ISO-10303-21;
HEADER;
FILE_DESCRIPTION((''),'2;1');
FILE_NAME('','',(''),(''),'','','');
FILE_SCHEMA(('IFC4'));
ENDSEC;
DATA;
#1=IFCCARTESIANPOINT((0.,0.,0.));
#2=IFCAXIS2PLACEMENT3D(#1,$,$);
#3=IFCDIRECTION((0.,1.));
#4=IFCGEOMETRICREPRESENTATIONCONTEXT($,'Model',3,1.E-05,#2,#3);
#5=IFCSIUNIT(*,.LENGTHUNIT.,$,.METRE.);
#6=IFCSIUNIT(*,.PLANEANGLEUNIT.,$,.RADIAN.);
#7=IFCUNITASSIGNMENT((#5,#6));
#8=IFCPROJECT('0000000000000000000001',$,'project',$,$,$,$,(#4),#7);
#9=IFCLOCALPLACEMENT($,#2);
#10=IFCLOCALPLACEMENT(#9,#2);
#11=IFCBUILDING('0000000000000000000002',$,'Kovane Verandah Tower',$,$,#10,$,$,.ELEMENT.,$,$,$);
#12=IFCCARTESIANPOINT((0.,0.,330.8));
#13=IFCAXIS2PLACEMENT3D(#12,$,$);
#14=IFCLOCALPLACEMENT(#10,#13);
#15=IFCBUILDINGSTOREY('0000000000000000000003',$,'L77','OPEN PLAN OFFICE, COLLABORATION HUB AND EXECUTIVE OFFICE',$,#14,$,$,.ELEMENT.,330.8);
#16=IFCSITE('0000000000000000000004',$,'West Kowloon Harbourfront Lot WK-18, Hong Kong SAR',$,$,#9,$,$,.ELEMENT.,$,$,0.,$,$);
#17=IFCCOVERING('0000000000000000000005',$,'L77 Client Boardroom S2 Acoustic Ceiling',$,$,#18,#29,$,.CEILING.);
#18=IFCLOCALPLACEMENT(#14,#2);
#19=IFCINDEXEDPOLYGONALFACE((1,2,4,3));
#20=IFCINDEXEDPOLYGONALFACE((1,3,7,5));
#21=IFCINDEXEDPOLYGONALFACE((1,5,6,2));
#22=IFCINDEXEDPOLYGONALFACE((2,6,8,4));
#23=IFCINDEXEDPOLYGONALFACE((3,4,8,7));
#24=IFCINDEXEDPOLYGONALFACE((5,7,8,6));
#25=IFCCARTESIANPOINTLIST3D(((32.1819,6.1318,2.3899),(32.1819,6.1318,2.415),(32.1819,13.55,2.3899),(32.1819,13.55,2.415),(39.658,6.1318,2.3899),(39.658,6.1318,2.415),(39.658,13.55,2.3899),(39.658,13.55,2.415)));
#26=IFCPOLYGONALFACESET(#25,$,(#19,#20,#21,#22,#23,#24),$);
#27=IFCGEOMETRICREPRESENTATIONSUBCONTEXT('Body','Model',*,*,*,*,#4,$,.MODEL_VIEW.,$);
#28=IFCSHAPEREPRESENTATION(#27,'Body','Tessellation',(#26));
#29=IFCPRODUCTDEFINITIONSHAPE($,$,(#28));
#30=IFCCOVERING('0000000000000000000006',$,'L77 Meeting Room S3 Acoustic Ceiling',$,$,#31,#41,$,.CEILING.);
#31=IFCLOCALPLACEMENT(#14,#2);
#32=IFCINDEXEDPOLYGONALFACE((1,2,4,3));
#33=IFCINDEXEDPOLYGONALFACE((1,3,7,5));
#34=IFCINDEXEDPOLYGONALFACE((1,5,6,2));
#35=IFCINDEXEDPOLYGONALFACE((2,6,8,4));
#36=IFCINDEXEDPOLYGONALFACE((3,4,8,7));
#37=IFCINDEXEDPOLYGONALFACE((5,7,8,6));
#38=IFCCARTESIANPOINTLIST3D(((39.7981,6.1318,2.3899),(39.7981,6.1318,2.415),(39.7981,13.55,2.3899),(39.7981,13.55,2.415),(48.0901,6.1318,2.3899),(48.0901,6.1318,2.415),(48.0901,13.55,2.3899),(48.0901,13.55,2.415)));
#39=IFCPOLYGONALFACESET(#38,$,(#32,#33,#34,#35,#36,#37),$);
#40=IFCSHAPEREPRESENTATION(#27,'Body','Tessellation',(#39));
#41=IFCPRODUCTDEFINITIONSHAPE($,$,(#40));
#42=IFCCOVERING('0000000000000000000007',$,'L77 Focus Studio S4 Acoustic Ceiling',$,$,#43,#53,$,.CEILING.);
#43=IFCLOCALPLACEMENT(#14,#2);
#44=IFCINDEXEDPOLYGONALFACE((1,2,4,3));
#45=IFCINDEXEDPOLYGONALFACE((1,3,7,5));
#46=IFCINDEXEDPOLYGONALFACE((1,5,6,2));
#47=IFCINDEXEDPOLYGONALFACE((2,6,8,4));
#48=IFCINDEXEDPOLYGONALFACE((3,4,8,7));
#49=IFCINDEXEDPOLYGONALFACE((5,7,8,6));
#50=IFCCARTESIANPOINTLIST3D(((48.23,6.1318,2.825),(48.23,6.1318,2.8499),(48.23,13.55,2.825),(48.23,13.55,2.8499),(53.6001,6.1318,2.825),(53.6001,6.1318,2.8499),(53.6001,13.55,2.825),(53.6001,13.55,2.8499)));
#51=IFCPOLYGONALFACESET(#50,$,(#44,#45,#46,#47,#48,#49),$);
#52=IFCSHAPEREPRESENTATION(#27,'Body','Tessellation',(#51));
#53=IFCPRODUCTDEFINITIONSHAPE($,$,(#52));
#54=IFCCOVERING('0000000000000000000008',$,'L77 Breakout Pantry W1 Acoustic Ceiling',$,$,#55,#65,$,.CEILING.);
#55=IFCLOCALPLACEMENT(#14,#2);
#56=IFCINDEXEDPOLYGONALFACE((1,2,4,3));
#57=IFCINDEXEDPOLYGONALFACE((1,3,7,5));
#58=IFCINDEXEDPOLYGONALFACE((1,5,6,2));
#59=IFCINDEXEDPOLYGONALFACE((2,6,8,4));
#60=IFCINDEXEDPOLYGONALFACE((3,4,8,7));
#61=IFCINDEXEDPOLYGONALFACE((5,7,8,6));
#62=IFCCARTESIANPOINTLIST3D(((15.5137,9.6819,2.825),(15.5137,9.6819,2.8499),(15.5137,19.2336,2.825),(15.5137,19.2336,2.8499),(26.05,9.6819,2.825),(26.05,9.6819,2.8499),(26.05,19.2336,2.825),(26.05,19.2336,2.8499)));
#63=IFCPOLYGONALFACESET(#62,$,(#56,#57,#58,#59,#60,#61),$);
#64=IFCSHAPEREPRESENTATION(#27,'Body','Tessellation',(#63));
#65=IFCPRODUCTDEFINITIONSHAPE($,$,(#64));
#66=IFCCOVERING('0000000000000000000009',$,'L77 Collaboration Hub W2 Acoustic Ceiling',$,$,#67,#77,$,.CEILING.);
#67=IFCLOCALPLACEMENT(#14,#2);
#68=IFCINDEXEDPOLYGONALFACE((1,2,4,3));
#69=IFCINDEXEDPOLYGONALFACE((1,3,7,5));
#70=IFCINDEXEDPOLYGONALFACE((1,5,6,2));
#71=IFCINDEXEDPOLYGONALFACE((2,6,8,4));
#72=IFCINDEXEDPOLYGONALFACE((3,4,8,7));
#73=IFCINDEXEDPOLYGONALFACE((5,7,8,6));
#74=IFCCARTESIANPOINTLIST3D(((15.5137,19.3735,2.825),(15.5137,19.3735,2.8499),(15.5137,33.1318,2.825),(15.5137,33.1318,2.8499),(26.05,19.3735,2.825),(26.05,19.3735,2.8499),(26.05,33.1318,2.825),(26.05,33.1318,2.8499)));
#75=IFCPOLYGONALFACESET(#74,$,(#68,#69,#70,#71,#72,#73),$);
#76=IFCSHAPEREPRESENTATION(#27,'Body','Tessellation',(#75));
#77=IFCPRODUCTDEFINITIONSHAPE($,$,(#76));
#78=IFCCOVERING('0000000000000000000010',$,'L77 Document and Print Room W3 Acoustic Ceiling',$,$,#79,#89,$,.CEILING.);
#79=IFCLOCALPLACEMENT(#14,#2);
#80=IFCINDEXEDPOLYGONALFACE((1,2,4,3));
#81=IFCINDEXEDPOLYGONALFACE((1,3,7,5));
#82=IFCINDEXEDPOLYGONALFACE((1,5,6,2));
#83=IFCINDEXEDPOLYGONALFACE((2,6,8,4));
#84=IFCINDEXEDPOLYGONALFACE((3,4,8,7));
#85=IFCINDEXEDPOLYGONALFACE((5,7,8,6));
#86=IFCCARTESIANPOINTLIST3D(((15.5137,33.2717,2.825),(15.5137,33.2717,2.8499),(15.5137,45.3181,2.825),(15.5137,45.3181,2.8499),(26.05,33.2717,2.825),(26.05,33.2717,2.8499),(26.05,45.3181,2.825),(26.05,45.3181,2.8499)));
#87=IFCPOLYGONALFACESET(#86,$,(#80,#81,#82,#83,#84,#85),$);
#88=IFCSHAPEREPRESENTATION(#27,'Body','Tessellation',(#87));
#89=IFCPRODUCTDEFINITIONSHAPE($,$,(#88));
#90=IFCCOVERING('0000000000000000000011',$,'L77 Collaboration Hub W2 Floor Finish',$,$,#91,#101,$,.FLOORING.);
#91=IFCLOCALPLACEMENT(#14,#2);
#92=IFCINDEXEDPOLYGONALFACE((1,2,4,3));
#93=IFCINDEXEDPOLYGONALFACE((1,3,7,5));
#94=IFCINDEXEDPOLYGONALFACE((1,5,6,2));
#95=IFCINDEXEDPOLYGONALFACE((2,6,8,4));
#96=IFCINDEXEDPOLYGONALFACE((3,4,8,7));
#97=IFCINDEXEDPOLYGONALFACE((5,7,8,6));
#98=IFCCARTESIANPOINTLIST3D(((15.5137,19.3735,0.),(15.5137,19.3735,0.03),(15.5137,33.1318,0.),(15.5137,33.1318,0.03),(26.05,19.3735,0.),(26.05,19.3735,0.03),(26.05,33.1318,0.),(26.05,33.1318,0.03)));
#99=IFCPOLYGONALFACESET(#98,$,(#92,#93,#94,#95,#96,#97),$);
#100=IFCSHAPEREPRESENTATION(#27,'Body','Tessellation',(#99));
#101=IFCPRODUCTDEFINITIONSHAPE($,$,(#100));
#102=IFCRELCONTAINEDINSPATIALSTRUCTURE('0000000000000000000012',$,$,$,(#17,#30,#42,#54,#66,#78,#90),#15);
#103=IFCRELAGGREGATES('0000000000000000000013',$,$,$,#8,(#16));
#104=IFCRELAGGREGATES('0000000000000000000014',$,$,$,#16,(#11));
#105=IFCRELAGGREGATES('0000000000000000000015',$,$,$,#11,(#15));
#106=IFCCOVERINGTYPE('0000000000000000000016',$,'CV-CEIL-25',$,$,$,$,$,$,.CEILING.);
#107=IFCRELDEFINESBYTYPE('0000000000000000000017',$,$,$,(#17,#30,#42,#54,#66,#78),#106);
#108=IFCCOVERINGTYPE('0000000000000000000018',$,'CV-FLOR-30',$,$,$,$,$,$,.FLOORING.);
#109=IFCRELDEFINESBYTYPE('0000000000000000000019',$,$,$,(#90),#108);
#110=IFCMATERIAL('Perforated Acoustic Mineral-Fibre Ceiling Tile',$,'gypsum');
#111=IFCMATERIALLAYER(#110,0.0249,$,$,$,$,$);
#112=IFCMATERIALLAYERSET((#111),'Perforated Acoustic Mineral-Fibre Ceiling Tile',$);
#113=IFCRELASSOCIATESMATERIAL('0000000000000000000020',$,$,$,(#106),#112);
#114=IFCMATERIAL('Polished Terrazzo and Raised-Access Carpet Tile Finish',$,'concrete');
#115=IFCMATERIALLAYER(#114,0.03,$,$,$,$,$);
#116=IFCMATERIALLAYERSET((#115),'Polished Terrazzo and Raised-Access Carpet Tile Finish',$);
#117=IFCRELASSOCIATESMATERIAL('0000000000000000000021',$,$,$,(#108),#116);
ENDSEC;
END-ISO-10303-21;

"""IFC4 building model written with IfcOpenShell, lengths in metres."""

from ifc_helpers import new_model, si_unit, direction, frame, origin, place, context, subcontext, project, spatial, polyline, outline, extrude, material, layer, layer_set, type_object, element, save


model = new_model("IFC4")

# Units and contexts
model_context = context("Model", 3, precision=1e-05, world=origin(), true_north=direction((0.0, 1.0)))
body_context = subcontext(model_context, "Body", "Model", "MODEL_VIEW")
ifc_project = project(units=[si_unit("LENGTHUNIT", "METRE"), si_unit("PLANEANGLEUNIT", "RADIAN")], contexts=[model_context])

# Site, building, storey
site_placement = place(None, origin())
site = spatial("IfcSite", under=ifc_project, at=site_placement, Name="West Kowloon Harbourfront Lot WK-18, Hong Kong SAR", CompositionType="ELEMENT", RefElevation=0.0)
building_placement = place(site_placement, origin())
building = spatial("IfcBuilding", under=site, at=building_placement, Name="Kovane Verandah Tower", CompositionType="ELEMENT")
storey_placement = place(building_placement, frame((0.0, 0.0, 330.8)))
storey = spatial("IfcBuildingStorey", under=building, at=storey_placement, Name="L77", Description="OPEN PLAN OFFICE, COLLABORATION HUB AND EXECUTIVE OFFICE", CompositionType="ELEMENT", Elevation=330.8)

# Coverings
ifc_material_1 = material(Name="Perforated Acoustic Mineral-Fibre Ceiling Tile", Category="gypsum")
ifc_layer_1 = layer(ifc_material_1, 0.0249)
ifc_layer_set_1 = layer_set([ifc_layer_1], Name="Perforated Acoustic Mineral-Fibre Ceiling Tile")
covering_type_1 = type_object("IfcCoveringType", Name="CV-CEIL-25", PredefinedType="CEILING", material=ifc_layer_set_1)
covering_1_placement = place(storey_placement, frame((0.0, 0.0, 2.3899)))
element("IfcCovering", 1, at=covering_1_placement, inside=storey, type_object=covering_type_1, Name="L77 Client Boardroom S2 Acoustic Ceiling", PredefinedType="CEILING", context=body_context, shape_type="SweptSolid", body=[
    extrude(outline(polyline([(32.1819, 6.1318), (39.658, 6.1318), (39.658, 13.55), (32.1819, 13.55), (32.1819, 6.1318)])), origin(), (0.0, 0.0, 1.0), 0.0251),
])
covering_2_placement = place(storey_placement, frame((0.0, 0.0, 2.3899)))
element("IfcCovering", 2, at=covering_2_placement, inside=storey, type_object=covering_type_1, Name="L77 Meeting Room S3 Acoustic Ceiling", PredefinedType="CEILING", context=body_context, shape_type="SweptSolid", body=[
    extrude(outline(polyline([(39.7981, 6.1318), (48.0901, 6.1318), (48.0901, 13.55), (39.7981, 13.55), (39.7981, 6.1318)])), origin(), (0.0, 0.0, 1.0), 0.0251),
])
covering_3_placement = place(storey_placement, frame((0.0, 0.0, 2.825)))
element("IfcCovering", 3, at=covering_3_placement, inside=storey, type_object=covering_type_1, Name="L77 Focus Studio S4 Acoustic Ceiling", PredefinedType="CEILING", context=body_context, shape_type="SweptSolid", body=[
    extrude(outline(polyline([(48.23, 6.1318), (53.6001, 6.1318), (53.6001, 13.55), (48.23, 13.55), (48.23, 6.1318)])), origin(), (0.0, 0.0, 1.0), 0.0249),
])
covering_4_placement = place(storey_placement, frame((0.0, 0.0, 2.825)))
element("IfcCovering", 4, at=covering_4_placement, inside=storey, type_object=covering_type_1, Name="L77 Breakout Pantry W1 Acoustic Ceiling", PredefinedType="CEILING", context=body_context, shape_type="SweptSolid", body=[
    extrude(outline(polyline([(15.5137, 9.6819), (26.05, 9.6819), (26.05, 19.2336), (15.5137, 19.2336), (15.5137, 9.6819)])), origin(), (0.0, 0.0, 1.0), 0.0249),
])
covering_5_placement = place(storey_placement, frame((0.0, 0.0, 2.825)))
element("IfcCovering", 5, at=covering_5_placement, inside=storey, type_object=covering_type_1, Name="L77 Collaboration Hub W2 Acoustic Ceiling", PredefinedType="CEILING", context=body_context, shape_type="SweptSolid", body=[
    extrude(outline(polyline([(15.5137, 19.3735), (26.05, 19.3735), (26.05, 33.1318), (15.5137, 33.1318), (15.5137, 19.3735)])), origin(), (0.0, 0.0, 1.0), 0.0249),
])
covering_6_placement = place(storey_placement, frame((0.0, 0.0, 2.825)))
element("IfcCovering", 6, at=covering_6_placement, inside=storey, type_object=covering_type_1, Name="L77 Document and Print Room W3 Acoustic Ceiling", PredefinedType="CEILING", context=body_context, shape_type="SweptSolid", body=[
    extrude(outline(polyline([(15.5137, 33.2717), (26.05, 33.2717), (26.05, 45.3181), (15.5137, 45.3181), (15.5137, 33.2717)])), origin(), (0.0, 0.0, 1.0), 0.0249),
])
ifc_material_2 = material(Name="Polished Terrazzo and Raised-Access Carpet Tile Finish", Category="concrete")
ifc_layer_2 = layer(ifc_material_2, 0.03)
ifc_layer_set_2 = layer_set([ifc_layer_2], Name="Polished Terrazzo and Raised-Access Carpet Tile Finish")
covering_type_2 = type_object("IfcCoveringType", Name="CV-FLOR-30", PredefinedType="FLOORING", material=ifc_layer_set_2)
covering_7_placement = place(storey_placement, origin())
element("IfcCovering", 7, at=covering_7_placement, inside=storey, type_object=covering_type_2, Name="L77 Collaboration Hub W2 Floor Finish", PredefinedType="FLOORING", context=body_context, shape_type="SweptSolid", body=[
    extrude(outline(polyline([(15.5137, 19.3735), (26.05, 19.3735), (26.05, 33.1318), (15.5137, 33.1318), (15.5137, 19.3735)])), origin(), (0.0, 0.0, 1.0), 0.03),
])

save(model, "model.ifc")
